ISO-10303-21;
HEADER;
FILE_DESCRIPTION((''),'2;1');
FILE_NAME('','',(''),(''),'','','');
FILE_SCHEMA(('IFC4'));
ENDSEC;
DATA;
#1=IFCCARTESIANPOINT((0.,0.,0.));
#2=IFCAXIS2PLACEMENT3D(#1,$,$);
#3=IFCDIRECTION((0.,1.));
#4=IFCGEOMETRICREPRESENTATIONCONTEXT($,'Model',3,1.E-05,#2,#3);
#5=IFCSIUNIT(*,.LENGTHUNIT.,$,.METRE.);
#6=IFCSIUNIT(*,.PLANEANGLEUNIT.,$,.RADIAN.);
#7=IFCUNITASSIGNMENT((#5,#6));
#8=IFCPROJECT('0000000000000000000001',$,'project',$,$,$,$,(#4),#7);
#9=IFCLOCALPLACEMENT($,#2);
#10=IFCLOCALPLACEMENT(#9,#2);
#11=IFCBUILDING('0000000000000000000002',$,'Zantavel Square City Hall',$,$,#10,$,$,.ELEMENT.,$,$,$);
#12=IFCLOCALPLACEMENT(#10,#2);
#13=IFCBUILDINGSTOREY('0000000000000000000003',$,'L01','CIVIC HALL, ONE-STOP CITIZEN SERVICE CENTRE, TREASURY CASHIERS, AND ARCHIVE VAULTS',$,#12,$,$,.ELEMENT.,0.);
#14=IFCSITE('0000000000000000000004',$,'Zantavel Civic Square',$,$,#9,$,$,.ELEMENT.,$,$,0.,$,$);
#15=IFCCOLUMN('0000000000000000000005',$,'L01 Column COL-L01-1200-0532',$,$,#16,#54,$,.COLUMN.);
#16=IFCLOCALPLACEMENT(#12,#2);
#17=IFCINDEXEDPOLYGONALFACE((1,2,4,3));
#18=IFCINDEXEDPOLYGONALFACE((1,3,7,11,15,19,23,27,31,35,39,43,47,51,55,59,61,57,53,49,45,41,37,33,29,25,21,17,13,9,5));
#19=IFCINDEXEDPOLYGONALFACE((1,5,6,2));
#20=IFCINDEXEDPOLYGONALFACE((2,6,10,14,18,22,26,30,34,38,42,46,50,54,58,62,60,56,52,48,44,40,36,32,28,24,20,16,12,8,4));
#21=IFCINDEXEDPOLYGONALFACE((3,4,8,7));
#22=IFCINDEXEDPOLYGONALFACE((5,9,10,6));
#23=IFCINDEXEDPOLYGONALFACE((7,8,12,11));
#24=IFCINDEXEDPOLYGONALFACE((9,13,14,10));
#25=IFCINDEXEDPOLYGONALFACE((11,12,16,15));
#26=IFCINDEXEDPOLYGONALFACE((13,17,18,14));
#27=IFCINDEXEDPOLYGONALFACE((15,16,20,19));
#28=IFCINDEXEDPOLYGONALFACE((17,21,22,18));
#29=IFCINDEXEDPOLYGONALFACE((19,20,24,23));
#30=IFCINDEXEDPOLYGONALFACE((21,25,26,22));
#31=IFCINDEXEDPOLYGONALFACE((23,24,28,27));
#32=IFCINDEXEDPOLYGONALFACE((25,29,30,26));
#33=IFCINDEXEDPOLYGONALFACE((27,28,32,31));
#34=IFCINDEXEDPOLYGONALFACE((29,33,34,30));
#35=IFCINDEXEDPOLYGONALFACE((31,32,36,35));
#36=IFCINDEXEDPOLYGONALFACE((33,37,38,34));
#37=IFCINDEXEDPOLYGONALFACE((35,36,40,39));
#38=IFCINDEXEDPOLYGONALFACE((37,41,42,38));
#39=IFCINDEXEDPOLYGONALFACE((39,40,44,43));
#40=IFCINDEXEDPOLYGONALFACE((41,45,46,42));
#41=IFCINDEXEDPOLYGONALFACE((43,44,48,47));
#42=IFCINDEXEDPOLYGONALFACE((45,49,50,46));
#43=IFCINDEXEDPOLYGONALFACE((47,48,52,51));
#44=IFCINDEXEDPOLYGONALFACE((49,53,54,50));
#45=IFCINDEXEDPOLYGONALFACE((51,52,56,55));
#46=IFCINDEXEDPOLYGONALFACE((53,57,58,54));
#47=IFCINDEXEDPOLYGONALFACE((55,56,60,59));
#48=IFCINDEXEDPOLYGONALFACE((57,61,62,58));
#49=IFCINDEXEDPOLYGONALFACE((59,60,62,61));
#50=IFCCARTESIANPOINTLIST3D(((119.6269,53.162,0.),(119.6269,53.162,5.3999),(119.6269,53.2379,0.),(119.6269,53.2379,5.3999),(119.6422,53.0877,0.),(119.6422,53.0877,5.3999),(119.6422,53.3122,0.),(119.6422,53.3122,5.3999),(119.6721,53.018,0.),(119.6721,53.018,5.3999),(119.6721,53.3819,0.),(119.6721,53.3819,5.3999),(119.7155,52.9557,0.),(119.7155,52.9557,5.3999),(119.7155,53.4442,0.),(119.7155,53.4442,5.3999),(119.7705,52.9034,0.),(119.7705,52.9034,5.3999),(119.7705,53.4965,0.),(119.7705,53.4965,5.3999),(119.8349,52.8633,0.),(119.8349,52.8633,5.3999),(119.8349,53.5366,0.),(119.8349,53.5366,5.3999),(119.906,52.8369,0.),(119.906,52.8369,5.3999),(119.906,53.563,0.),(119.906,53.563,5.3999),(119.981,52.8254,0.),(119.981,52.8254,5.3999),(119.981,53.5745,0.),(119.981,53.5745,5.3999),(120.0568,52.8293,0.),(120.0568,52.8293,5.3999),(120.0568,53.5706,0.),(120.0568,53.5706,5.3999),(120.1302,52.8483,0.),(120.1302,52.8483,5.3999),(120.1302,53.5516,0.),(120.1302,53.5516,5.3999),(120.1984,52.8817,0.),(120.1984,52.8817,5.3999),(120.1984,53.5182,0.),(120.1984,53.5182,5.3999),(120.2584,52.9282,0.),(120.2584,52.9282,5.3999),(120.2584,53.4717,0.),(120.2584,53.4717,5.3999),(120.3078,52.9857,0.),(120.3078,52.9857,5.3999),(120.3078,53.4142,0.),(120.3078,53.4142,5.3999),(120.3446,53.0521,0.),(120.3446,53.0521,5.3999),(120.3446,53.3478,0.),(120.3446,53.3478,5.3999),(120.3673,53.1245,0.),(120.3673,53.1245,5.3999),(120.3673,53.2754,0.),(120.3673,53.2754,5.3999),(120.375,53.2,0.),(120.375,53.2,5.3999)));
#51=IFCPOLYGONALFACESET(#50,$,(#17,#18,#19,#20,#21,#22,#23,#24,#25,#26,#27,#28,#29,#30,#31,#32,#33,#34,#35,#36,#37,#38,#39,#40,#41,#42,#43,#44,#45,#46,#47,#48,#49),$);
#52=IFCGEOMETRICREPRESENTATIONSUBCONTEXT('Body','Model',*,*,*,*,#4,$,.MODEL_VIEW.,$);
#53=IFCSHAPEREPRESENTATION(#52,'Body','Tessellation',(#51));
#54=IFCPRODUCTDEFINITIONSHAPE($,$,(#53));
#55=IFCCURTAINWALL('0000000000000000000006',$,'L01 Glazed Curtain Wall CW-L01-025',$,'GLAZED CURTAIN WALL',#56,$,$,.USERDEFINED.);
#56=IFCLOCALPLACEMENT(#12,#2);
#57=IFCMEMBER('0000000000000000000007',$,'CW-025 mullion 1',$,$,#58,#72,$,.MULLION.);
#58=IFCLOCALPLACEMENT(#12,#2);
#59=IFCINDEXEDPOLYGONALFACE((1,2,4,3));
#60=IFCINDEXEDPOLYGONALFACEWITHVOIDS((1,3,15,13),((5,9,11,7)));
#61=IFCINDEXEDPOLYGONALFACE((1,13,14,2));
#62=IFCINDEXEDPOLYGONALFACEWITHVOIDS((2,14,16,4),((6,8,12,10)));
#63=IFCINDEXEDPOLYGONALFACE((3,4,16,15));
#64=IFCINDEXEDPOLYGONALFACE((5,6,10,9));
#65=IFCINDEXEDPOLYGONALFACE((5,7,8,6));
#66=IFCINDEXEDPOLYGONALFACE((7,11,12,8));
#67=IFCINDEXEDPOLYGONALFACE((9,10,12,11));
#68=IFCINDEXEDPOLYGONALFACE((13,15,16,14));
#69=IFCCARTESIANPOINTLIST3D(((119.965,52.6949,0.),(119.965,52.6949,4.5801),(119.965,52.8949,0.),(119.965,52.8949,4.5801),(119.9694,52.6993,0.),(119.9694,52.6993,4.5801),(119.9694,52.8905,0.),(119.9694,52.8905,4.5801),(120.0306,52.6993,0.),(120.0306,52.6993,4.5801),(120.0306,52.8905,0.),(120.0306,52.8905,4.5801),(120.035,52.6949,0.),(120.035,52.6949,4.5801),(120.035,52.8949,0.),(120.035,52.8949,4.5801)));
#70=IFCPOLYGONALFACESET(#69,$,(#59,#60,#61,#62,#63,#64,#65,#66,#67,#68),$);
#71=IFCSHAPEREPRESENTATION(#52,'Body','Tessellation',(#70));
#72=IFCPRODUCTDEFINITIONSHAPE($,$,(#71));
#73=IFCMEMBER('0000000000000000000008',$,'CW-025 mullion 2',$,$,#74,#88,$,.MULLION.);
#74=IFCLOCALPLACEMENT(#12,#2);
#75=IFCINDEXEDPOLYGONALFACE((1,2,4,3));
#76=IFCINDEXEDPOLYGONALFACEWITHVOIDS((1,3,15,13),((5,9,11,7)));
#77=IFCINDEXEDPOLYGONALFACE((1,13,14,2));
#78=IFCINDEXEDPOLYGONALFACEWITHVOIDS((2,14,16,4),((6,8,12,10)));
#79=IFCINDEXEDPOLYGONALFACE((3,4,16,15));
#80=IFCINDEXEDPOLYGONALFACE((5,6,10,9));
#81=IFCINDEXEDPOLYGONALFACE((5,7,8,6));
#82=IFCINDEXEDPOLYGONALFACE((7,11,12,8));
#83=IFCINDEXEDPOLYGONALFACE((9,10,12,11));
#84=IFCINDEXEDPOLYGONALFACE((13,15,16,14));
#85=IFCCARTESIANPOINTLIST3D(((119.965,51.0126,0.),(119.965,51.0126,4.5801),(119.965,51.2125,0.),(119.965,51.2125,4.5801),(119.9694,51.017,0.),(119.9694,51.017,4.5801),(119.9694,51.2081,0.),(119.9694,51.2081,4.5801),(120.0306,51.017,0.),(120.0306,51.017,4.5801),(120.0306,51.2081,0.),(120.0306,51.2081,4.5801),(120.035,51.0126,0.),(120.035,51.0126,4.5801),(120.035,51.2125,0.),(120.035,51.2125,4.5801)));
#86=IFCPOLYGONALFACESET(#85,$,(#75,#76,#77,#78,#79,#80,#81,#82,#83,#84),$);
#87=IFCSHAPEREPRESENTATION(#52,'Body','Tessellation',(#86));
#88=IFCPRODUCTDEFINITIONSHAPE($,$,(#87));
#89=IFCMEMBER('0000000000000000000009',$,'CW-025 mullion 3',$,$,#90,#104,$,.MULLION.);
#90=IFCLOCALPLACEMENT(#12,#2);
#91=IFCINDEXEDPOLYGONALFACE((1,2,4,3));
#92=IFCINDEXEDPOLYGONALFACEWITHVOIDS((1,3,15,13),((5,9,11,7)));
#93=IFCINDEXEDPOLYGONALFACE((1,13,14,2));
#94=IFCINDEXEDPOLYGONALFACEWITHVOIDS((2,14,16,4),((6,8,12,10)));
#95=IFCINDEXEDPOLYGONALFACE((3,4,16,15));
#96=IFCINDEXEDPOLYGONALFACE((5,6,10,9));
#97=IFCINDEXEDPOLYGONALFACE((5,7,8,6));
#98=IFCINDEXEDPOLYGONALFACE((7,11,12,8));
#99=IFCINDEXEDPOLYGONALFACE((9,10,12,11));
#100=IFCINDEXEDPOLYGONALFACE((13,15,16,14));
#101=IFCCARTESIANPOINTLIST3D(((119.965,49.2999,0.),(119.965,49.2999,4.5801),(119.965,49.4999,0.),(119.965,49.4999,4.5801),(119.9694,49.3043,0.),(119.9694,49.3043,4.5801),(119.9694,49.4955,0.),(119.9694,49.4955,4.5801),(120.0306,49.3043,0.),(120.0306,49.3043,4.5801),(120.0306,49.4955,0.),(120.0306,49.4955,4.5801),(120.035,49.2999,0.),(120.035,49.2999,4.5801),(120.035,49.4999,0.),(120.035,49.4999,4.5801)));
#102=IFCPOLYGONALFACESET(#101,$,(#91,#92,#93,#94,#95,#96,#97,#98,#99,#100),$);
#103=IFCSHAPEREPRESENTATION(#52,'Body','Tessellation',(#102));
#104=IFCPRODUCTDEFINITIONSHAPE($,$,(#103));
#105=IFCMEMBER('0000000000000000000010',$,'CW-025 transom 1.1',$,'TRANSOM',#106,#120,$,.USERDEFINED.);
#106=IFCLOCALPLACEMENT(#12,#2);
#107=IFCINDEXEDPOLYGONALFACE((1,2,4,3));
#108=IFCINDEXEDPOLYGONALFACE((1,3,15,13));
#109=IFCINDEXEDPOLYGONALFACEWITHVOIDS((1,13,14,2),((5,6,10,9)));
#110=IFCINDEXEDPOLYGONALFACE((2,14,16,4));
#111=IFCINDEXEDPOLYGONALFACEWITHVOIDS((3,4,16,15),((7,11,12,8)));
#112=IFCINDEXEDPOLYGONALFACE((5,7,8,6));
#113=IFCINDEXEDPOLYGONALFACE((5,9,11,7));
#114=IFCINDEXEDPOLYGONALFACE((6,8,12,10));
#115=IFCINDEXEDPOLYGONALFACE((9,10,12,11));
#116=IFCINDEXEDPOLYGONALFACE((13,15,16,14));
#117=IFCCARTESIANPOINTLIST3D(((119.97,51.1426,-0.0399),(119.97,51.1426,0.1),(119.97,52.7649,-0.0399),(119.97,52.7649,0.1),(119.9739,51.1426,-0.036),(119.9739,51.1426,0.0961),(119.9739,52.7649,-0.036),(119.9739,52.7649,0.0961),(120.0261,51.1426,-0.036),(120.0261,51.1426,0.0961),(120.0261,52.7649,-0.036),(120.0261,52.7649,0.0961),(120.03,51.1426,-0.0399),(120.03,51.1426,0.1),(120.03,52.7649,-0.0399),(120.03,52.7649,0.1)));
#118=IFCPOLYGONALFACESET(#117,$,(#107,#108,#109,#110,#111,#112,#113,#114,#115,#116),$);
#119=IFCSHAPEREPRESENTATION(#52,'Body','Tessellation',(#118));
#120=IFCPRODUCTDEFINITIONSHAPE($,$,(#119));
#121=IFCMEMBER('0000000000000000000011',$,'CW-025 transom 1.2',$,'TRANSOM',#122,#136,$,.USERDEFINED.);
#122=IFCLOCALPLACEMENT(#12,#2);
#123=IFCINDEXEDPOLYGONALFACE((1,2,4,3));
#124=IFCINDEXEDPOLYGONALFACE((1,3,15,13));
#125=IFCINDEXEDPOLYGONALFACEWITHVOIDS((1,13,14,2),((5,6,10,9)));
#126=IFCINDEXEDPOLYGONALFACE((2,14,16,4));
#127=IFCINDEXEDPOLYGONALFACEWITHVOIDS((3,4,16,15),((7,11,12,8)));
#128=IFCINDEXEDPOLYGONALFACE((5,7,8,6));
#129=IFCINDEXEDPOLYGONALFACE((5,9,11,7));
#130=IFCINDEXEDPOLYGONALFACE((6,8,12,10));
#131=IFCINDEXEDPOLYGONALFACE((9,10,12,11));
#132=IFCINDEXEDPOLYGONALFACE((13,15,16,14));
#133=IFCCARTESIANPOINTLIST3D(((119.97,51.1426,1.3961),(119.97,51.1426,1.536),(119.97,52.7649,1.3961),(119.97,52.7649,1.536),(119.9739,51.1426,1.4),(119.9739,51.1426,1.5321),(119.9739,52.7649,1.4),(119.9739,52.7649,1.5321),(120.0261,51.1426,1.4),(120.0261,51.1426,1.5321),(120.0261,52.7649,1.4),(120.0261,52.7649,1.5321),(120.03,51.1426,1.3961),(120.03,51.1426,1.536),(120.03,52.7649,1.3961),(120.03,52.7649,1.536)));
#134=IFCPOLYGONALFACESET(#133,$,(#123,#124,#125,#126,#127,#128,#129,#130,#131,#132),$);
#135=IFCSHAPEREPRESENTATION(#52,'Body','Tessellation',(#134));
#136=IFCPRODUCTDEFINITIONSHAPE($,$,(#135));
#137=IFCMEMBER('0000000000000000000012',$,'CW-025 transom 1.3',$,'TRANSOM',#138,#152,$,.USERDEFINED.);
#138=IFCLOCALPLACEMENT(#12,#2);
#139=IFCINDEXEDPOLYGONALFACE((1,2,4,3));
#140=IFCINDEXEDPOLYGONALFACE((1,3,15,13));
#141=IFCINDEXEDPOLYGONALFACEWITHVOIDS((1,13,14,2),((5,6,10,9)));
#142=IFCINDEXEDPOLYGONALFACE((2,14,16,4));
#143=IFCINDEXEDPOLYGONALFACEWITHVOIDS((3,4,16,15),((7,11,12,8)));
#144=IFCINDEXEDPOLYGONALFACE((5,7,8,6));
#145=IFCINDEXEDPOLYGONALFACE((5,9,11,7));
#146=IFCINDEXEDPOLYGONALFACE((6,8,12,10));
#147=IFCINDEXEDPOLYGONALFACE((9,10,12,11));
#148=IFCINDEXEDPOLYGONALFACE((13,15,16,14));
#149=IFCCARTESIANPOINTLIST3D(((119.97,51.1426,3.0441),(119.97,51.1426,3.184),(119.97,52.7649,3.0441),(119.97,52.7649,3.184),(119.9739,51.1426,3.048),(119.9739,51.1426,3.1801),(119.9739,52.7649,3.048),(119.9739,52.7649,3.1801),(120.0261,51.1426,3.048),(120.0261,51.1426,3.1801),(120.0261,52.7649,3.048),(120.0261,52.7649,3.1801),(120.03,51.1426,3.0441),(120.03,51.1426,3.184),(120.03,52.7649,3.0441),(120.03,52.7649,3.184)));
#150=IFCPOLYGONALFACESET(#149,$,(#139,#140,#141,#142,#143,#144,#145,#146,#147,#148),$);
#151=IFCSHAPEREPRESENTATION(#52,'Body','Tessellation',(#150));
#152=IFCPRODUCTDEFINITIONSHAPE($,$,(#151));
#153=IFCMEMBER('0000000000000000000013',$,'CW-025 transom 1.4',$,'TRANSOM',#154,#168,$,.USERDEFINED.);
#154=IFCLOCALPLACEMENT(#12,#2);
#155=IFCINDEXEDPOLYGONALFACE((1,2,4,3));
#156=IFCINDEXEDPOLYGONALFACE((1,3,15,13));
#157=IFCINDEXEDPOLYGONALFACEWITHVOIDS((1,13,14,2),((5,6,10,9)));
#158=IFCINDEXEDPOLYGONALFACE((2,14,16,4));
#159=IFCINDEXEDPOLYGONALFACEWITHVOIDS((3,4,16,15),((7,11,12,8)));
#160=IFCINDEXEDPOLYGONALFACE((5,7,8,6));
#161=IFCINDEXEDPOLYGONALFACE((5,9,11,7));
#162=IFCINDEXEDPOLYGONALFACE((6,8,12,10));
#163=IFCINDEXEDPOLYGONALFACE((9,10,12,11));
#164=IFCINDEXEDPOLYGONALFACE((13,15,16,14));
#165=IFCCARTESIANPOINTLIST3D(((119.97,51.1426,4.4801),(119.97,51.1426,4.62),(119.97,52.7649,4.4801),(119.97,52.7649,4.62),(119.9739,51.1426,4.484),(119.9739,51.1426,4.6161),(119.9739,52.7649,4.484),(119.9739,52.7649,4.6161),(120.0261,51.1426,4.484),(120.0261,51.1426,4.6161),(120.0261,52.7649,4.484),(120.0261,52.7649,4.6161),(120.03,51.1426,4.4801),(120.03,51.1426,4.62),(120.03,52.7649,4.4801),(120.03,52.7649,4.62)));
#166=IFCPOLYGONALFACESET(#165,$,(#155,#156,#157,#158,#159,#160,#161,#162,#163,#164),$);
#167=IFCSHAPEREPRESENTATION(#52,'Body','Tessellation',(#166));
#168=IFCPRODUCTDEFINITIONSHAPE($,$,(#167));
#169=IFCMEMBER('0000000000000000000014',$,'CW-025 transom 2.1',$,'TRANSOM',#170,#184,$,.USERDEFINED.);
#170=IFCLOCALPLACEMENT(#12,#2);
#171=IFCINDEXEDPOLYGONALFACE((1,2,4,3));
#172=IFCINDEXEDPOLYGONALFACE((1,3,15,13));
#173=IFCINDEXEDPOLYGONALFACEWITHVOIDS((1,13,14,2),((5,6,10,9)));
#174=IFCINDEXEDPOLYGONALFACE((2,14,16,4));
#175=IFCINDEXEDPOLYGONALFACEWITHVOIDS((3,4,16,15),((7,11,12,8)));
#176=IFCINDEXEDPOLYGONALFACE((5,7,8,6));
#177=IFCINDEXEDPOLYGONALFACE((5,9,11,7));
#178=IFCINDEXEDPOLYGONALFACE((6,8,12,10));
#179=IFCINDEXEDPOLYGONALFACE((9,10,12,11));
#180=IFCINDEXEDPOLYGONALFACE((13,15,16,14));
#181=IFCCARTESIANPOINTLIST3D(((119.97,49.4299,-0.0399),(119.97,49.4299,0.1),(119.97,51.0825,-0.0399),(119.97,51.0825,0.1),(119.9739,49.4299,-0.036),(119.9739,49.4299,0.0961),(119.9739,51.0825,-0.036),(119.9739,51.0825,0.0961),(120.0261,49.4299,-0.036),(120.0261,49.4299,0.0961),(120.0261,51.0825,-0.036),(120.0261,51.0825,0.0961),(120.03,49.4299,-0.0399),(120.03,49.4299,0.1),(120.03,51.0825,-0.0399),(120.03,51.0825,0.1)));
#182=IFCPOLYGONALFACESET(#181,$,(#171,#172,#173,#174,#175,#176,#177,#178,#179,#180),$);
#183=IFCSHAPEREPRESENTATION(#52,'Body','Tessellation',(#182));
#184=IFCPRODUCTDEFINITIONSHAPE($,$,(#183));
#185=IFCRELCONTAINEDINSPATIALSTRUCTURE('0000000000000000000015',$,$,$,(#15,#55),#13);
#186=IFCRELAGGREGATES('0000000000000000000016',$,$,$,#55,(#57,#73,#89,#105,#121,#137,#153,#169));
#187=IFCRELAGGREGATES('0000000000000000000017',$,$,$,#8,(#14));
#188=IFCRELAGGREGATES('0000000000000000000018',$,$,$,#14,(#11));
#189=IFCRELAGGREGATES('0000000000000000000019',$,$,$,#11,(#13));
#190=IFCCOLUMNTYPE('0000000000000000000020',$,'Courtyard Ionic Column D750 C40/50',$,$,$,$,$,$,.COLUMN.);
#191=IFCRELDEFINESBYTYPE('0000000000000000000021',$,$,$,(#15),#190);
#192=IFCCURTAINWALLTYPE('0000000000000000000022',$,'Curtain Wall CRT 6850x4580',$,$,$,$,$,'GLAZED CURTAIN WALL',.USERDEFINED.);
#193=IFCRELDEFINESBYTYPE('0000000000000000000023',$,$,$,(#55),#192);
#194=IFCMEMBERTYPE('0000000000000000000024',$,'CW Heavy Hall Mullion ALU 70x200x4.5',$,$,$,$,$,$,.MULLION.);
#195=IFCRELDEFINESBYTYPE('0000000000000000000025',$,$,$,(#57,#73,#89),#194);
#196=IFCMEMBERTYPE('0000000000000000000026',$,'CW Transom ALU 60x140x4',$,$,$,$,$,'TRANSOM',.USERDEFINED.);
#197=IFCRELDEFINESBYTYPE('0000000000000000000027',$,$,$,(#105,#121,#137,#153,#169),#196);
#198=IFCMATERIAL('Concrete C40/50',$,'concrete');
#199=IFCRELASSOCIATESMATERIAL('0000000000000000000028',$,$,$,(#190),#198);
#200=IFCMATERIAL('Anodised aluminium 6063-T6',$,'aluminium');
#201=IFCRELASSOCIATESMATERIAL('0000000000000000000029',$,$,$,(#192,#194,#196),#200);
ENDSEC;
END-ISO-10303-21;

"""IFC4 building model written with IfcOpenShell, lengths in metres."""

from ifc_helpers import new_model, si_unit, direction, frame, origin, origin_2d, place, context, subcontext, project, spatial, hollow_rectangle, circle, extrude, material, material_profile, profile_set, type_object, element, aggregate, save


model = new_model("IFC4")

# Units and contexts
model_context = context("Model", 3, precision=1e-05, world=origin(), true_north=direction((0.0, 1.0)))
body_context = subcontext(model_context, "Body", "Model", "MODEL_VIEW")
ifc_project = project(units=[si_unit("LENGTHUNIT", "METRE"), si_unit("PLANEANGLEUNIT", "RADIAN")], contexts=[model_context])

# Site, building, storey
site_placement = place(None, origin())
site = spatial("IfcSite", under=ifc_project, at=site_placement, Name="Zantavel Civic Square", CompositionType="ELEMENT", RefElevation=0.0)
building_placement = place(site_placement, origin())
building = spatial("IfcBuilding", under=site, at=building_placement, Name="Zantavel Square City Hall", CompositionType="ELEMENT")
storey_placement = place(building_placement, origin())
storey = spatial("IfcBuildingStorey", under=building, at=storey_placement, Name="L01", Description="CIVIC HALL, ONE-STOP CITIZEN SERVICE CENTRE, TREASURY CASHIERS, AND ARCHIVE VAULTS", CompositionType="ELEMENT", Elevation=0.0)

# Column
ifc_material_1 = material(Name="Concrete C40/50", Category="concrete")
ifc_material_profile_1 = material_profile(ifc_material_1, circle(Radius=0.375, at=origin_2d()), Name="ROUND D750")
ifc_profile_set_1 = profile_set([ifc_material_profile_1], Name="Concrete C40/50")
column_type = type_object("IfcColumnType", Name="Courtyard Ionic Column D750 C40/50", PredefinedType="COLUMN", material=ifc_profile_set_1)
column_placement = place(storey_placement, frame((120.0, 53.2, 0.0), z_axis=(0.0, 0.0, 1.0), x_axis=(1.0, 0.0, 0.0)))
element("IfcColumn", 1, at=column_placement, inside=storey, type_object=column_type, Name="L01 Column COL-L01-1200-0532", PredefinedType="COLUMN", context=body_context, shape_type="SweptSolid", body=[
    extrude(circle(Radius=0.375, at=origin_2d()), origin(), (0.0, 0.0, 1.0), 5.3999),
])

# Curtain wall, members
ifc_material_2 = material(Name="Anodised aluminium 6063-T6", Category="aluminium")
curtain_wall_type = type_object("IfcCurtainWallType", Name="Curtain Wall CRT 6850x4580", ElementType="GLAZED CURTAIN WALL", PredefinedType="USERDEFINED", material=ifc_material_2)
curtain_wall_placement = place(storey_placement, origin())
curtain_wall = element("IfcCurtainWall", 2, at=curtain_wall_placement, inside=storey, type_object=curtain_wall_type, Name="L01 Glazed Curtain Wall CW-L01-025", ObjectType="GLAZED CURTAIN WALL", PredefinedType="USERDEFINED")
ifc_material_profile_2 = material_profile(ifc_material_2, hollow_rectangle(XDim=0.0701, YDim=0.2, WallThickness=0.0044, at=origin_2d()), Name="ALU 70x200x4.5")
ifc_profile_set_2 = profile_set([ifc_material_profile_2], Name="Anodised aluminium 6063-T6")
member_type_1 = type_object("IfcMemberType", Name="CW Heavy Hall Mullion ALU 70x200x4.5", PredefinedType="MULLION", material=ifc_profile_set_2)
member_1_placement = place(storey_placement, frame((120.0, 52.7949, 0.0), z_axis=(0.0, 0.0, 1.0), x_axis=(1.0, 0.0, 0.0)))
member_1 = element("IfcMember", 3, at=member_1_placement, type_object=member_type_1, Name="CW-025 mullion 1", PredefinedType="MULLION", context=body_context, shape_type="SweptSolid", body=[
    extrude(hollow_rectangle(XDim=0.0701, YDim=0.2, WallThickness=0.0044, at=origin_2d()), origin(), (0.0, 0.0, 1.0), 4.5801),
])
member_2_placement = place(storey_placement, frame((120.0, 51.1125, 0.0), z_axis=(0.0, 0.0, 1.0), x_axis=(1.0, 0.0, 0.0)))
member_2 = element("IfcMember", 4, at=member_2_placement, type_object=member_type_1, Name="CW-025 mullion 2", PredefinedType="MULLION", context=body_context, shape_type="SweptSolid", body=[
    extrude(hollow_rectangle(XDim=0.0701, YDim=0.2, WallThickness=0.0044, at=origin_2d()), origin(), (0.0, 0.0, 1.0), 4.5801),
])
member_3_placement = place(storey_placement, frame((120.0, 49.3999, 0.0), z_axis=(0.0, 0.0, 1.0), x_axis=(1.0, 0.0, 0.0)))
member_3 = element("IfcMember", 5, at=member_3_placement, type_object=member_type_1, Name="CW-025 mullion 3", PredefinedType="MULLION", context=body_context, shape_type="SweptSolid", body=[
    extrude(hollow_rectangle(XDim=0.0701, YDim=0.2, WallThickness=0.0044, at=origin_2d()), origin(), (0.0, 0.0, 1.0), 4.5801),
])
ifc_material_profile_3 = material_profile(ifc_material_2, hollow_rectangle(XDim=0.0601, YDim=0.1399, WallThickness=0.0039, at=origin_2d()), Name="ALU 60x140x4")
ifc_profile_set_3 = profile_set([ifc_material_profile_3], Name="Anodised aluminium 6063-T6")
member_type_2 = type_object("IfcMemberType", Name="CW Transom ALU 60x140x4", ElementType="TRANSOM", PredefinedType="USERDEFINED", material=ifc_profile_set_3)
member_4_placement = place(storey_placement, frame((120.0, 52.7649, 0.03), z_axis=(0.0, -1.0, 0.0), x_axis=(1.0, 0.0, 0.0)))
member_4 = element("IfcMember", 6, at=member_4_placement, type_object=member_type_2, Name="CW-025 transom 1.1", ObjectType="TRANSOM", PredefinedType="USERDEFINED", context=body_context, shape_type="SweptSolid", body=[
    extrude(hollow_rectangle(XDim=0.0601, YDim=0.1399, WallThickness=0.0039, at=origin_2d()), origin(), (0.0, 0.0, 1.0), 1.6223),
])
member_5_placement = place(storey_placement, frame((120.0, 52.7649, 1.4661), z_axis=(0.0, -1.0, 0.0), x_axis=(1.0, 0.0, 0.0)))
member_5 = element("IfcMember", 7, at=member_5_placement, type_object=member_type_2, Name="CW-025 transom 1.2", ObjectType="TRANSOM", PredefinedType="USERDEFINED", context=body_context, shape_type="SweptSolid", body=[
    extrude(hollow_rectangle(XDim=0.0601, YDim=0.1399, WallThickness=0.0039, at=origin_2d()), origin(), (0.0, 0.0, 1.0), 1.6223),
])
member_6_placement = place(storey_placement, frame((120.0, 52.7649, 3.114), z_axis=(0.0, -1.0, 0.0), x_axis=(1.0, 0.0, 0.0)))
member_6 = element("IfcMember", 8, at=member_6_placement, type_object=member_type_2, Name="CW-025 transom 1.3", ObjectType="TRANSOM", PredefinedType="USERDEFINED", context=body_context, shape_type="SweptSolid", body=[
    extrude(hollow_rectangle(XDim=0.0601, YDim=0.1399, WallThickness=0.0039, at=origin_2d()), origin(), (0.0, 0.0, 1.0), 1.6223),
])
member_7_placement = place(storey_placement, frame((120.0, 52.7649, 4.55), z_axis=(0.0, -1.0, 0.0), x_axis=(1.0, 0.0, 0.0)))
member_7 = element("IfcMember", 9, at=member_7_placement, type_object=member_type_2, Name="CW-025 transom 1.4", ObjectType="TRANSOM", PredefinedType="USERDEFINED", context=body_context, shape_type="SweptSolid", body=[
    extrude(hollow_rectangle(XDim=0.0601, YDim=0.1399, WallThickness=0.0039, at=origin_2d()), origin(), (0.0, 0.0, 1.0), 1.6223),
])
member_8_placement = place(storey_placement, frame((120.0, 51.0825, 0.03), z_axis=(0.0, -1.0, 0.0), x_axis=(1.0, 0.0, 0.0)))
member_8 = element("IfcMember", 10, at=member_8_placement, type_object=member_type_2, Name="CW-025 transom 2.1", ObjectType="TRANSOM", PredefinedType="USERDEFINED", context=body_context, shape_type="SweptSolid", body=[
    extrude(hollow_rectangle(XDim=0.0601, YDim=0.1399, WallThickness=0.0039, at=origin_2d()), origin(), (0.0, 0.0, 1.0), 1.6526),
])
aggregate(curtain_wall, [member_1, member_2, member_3, member_4, member_5, member_6, member_7, member_8])

save(model, "model.ifc")
